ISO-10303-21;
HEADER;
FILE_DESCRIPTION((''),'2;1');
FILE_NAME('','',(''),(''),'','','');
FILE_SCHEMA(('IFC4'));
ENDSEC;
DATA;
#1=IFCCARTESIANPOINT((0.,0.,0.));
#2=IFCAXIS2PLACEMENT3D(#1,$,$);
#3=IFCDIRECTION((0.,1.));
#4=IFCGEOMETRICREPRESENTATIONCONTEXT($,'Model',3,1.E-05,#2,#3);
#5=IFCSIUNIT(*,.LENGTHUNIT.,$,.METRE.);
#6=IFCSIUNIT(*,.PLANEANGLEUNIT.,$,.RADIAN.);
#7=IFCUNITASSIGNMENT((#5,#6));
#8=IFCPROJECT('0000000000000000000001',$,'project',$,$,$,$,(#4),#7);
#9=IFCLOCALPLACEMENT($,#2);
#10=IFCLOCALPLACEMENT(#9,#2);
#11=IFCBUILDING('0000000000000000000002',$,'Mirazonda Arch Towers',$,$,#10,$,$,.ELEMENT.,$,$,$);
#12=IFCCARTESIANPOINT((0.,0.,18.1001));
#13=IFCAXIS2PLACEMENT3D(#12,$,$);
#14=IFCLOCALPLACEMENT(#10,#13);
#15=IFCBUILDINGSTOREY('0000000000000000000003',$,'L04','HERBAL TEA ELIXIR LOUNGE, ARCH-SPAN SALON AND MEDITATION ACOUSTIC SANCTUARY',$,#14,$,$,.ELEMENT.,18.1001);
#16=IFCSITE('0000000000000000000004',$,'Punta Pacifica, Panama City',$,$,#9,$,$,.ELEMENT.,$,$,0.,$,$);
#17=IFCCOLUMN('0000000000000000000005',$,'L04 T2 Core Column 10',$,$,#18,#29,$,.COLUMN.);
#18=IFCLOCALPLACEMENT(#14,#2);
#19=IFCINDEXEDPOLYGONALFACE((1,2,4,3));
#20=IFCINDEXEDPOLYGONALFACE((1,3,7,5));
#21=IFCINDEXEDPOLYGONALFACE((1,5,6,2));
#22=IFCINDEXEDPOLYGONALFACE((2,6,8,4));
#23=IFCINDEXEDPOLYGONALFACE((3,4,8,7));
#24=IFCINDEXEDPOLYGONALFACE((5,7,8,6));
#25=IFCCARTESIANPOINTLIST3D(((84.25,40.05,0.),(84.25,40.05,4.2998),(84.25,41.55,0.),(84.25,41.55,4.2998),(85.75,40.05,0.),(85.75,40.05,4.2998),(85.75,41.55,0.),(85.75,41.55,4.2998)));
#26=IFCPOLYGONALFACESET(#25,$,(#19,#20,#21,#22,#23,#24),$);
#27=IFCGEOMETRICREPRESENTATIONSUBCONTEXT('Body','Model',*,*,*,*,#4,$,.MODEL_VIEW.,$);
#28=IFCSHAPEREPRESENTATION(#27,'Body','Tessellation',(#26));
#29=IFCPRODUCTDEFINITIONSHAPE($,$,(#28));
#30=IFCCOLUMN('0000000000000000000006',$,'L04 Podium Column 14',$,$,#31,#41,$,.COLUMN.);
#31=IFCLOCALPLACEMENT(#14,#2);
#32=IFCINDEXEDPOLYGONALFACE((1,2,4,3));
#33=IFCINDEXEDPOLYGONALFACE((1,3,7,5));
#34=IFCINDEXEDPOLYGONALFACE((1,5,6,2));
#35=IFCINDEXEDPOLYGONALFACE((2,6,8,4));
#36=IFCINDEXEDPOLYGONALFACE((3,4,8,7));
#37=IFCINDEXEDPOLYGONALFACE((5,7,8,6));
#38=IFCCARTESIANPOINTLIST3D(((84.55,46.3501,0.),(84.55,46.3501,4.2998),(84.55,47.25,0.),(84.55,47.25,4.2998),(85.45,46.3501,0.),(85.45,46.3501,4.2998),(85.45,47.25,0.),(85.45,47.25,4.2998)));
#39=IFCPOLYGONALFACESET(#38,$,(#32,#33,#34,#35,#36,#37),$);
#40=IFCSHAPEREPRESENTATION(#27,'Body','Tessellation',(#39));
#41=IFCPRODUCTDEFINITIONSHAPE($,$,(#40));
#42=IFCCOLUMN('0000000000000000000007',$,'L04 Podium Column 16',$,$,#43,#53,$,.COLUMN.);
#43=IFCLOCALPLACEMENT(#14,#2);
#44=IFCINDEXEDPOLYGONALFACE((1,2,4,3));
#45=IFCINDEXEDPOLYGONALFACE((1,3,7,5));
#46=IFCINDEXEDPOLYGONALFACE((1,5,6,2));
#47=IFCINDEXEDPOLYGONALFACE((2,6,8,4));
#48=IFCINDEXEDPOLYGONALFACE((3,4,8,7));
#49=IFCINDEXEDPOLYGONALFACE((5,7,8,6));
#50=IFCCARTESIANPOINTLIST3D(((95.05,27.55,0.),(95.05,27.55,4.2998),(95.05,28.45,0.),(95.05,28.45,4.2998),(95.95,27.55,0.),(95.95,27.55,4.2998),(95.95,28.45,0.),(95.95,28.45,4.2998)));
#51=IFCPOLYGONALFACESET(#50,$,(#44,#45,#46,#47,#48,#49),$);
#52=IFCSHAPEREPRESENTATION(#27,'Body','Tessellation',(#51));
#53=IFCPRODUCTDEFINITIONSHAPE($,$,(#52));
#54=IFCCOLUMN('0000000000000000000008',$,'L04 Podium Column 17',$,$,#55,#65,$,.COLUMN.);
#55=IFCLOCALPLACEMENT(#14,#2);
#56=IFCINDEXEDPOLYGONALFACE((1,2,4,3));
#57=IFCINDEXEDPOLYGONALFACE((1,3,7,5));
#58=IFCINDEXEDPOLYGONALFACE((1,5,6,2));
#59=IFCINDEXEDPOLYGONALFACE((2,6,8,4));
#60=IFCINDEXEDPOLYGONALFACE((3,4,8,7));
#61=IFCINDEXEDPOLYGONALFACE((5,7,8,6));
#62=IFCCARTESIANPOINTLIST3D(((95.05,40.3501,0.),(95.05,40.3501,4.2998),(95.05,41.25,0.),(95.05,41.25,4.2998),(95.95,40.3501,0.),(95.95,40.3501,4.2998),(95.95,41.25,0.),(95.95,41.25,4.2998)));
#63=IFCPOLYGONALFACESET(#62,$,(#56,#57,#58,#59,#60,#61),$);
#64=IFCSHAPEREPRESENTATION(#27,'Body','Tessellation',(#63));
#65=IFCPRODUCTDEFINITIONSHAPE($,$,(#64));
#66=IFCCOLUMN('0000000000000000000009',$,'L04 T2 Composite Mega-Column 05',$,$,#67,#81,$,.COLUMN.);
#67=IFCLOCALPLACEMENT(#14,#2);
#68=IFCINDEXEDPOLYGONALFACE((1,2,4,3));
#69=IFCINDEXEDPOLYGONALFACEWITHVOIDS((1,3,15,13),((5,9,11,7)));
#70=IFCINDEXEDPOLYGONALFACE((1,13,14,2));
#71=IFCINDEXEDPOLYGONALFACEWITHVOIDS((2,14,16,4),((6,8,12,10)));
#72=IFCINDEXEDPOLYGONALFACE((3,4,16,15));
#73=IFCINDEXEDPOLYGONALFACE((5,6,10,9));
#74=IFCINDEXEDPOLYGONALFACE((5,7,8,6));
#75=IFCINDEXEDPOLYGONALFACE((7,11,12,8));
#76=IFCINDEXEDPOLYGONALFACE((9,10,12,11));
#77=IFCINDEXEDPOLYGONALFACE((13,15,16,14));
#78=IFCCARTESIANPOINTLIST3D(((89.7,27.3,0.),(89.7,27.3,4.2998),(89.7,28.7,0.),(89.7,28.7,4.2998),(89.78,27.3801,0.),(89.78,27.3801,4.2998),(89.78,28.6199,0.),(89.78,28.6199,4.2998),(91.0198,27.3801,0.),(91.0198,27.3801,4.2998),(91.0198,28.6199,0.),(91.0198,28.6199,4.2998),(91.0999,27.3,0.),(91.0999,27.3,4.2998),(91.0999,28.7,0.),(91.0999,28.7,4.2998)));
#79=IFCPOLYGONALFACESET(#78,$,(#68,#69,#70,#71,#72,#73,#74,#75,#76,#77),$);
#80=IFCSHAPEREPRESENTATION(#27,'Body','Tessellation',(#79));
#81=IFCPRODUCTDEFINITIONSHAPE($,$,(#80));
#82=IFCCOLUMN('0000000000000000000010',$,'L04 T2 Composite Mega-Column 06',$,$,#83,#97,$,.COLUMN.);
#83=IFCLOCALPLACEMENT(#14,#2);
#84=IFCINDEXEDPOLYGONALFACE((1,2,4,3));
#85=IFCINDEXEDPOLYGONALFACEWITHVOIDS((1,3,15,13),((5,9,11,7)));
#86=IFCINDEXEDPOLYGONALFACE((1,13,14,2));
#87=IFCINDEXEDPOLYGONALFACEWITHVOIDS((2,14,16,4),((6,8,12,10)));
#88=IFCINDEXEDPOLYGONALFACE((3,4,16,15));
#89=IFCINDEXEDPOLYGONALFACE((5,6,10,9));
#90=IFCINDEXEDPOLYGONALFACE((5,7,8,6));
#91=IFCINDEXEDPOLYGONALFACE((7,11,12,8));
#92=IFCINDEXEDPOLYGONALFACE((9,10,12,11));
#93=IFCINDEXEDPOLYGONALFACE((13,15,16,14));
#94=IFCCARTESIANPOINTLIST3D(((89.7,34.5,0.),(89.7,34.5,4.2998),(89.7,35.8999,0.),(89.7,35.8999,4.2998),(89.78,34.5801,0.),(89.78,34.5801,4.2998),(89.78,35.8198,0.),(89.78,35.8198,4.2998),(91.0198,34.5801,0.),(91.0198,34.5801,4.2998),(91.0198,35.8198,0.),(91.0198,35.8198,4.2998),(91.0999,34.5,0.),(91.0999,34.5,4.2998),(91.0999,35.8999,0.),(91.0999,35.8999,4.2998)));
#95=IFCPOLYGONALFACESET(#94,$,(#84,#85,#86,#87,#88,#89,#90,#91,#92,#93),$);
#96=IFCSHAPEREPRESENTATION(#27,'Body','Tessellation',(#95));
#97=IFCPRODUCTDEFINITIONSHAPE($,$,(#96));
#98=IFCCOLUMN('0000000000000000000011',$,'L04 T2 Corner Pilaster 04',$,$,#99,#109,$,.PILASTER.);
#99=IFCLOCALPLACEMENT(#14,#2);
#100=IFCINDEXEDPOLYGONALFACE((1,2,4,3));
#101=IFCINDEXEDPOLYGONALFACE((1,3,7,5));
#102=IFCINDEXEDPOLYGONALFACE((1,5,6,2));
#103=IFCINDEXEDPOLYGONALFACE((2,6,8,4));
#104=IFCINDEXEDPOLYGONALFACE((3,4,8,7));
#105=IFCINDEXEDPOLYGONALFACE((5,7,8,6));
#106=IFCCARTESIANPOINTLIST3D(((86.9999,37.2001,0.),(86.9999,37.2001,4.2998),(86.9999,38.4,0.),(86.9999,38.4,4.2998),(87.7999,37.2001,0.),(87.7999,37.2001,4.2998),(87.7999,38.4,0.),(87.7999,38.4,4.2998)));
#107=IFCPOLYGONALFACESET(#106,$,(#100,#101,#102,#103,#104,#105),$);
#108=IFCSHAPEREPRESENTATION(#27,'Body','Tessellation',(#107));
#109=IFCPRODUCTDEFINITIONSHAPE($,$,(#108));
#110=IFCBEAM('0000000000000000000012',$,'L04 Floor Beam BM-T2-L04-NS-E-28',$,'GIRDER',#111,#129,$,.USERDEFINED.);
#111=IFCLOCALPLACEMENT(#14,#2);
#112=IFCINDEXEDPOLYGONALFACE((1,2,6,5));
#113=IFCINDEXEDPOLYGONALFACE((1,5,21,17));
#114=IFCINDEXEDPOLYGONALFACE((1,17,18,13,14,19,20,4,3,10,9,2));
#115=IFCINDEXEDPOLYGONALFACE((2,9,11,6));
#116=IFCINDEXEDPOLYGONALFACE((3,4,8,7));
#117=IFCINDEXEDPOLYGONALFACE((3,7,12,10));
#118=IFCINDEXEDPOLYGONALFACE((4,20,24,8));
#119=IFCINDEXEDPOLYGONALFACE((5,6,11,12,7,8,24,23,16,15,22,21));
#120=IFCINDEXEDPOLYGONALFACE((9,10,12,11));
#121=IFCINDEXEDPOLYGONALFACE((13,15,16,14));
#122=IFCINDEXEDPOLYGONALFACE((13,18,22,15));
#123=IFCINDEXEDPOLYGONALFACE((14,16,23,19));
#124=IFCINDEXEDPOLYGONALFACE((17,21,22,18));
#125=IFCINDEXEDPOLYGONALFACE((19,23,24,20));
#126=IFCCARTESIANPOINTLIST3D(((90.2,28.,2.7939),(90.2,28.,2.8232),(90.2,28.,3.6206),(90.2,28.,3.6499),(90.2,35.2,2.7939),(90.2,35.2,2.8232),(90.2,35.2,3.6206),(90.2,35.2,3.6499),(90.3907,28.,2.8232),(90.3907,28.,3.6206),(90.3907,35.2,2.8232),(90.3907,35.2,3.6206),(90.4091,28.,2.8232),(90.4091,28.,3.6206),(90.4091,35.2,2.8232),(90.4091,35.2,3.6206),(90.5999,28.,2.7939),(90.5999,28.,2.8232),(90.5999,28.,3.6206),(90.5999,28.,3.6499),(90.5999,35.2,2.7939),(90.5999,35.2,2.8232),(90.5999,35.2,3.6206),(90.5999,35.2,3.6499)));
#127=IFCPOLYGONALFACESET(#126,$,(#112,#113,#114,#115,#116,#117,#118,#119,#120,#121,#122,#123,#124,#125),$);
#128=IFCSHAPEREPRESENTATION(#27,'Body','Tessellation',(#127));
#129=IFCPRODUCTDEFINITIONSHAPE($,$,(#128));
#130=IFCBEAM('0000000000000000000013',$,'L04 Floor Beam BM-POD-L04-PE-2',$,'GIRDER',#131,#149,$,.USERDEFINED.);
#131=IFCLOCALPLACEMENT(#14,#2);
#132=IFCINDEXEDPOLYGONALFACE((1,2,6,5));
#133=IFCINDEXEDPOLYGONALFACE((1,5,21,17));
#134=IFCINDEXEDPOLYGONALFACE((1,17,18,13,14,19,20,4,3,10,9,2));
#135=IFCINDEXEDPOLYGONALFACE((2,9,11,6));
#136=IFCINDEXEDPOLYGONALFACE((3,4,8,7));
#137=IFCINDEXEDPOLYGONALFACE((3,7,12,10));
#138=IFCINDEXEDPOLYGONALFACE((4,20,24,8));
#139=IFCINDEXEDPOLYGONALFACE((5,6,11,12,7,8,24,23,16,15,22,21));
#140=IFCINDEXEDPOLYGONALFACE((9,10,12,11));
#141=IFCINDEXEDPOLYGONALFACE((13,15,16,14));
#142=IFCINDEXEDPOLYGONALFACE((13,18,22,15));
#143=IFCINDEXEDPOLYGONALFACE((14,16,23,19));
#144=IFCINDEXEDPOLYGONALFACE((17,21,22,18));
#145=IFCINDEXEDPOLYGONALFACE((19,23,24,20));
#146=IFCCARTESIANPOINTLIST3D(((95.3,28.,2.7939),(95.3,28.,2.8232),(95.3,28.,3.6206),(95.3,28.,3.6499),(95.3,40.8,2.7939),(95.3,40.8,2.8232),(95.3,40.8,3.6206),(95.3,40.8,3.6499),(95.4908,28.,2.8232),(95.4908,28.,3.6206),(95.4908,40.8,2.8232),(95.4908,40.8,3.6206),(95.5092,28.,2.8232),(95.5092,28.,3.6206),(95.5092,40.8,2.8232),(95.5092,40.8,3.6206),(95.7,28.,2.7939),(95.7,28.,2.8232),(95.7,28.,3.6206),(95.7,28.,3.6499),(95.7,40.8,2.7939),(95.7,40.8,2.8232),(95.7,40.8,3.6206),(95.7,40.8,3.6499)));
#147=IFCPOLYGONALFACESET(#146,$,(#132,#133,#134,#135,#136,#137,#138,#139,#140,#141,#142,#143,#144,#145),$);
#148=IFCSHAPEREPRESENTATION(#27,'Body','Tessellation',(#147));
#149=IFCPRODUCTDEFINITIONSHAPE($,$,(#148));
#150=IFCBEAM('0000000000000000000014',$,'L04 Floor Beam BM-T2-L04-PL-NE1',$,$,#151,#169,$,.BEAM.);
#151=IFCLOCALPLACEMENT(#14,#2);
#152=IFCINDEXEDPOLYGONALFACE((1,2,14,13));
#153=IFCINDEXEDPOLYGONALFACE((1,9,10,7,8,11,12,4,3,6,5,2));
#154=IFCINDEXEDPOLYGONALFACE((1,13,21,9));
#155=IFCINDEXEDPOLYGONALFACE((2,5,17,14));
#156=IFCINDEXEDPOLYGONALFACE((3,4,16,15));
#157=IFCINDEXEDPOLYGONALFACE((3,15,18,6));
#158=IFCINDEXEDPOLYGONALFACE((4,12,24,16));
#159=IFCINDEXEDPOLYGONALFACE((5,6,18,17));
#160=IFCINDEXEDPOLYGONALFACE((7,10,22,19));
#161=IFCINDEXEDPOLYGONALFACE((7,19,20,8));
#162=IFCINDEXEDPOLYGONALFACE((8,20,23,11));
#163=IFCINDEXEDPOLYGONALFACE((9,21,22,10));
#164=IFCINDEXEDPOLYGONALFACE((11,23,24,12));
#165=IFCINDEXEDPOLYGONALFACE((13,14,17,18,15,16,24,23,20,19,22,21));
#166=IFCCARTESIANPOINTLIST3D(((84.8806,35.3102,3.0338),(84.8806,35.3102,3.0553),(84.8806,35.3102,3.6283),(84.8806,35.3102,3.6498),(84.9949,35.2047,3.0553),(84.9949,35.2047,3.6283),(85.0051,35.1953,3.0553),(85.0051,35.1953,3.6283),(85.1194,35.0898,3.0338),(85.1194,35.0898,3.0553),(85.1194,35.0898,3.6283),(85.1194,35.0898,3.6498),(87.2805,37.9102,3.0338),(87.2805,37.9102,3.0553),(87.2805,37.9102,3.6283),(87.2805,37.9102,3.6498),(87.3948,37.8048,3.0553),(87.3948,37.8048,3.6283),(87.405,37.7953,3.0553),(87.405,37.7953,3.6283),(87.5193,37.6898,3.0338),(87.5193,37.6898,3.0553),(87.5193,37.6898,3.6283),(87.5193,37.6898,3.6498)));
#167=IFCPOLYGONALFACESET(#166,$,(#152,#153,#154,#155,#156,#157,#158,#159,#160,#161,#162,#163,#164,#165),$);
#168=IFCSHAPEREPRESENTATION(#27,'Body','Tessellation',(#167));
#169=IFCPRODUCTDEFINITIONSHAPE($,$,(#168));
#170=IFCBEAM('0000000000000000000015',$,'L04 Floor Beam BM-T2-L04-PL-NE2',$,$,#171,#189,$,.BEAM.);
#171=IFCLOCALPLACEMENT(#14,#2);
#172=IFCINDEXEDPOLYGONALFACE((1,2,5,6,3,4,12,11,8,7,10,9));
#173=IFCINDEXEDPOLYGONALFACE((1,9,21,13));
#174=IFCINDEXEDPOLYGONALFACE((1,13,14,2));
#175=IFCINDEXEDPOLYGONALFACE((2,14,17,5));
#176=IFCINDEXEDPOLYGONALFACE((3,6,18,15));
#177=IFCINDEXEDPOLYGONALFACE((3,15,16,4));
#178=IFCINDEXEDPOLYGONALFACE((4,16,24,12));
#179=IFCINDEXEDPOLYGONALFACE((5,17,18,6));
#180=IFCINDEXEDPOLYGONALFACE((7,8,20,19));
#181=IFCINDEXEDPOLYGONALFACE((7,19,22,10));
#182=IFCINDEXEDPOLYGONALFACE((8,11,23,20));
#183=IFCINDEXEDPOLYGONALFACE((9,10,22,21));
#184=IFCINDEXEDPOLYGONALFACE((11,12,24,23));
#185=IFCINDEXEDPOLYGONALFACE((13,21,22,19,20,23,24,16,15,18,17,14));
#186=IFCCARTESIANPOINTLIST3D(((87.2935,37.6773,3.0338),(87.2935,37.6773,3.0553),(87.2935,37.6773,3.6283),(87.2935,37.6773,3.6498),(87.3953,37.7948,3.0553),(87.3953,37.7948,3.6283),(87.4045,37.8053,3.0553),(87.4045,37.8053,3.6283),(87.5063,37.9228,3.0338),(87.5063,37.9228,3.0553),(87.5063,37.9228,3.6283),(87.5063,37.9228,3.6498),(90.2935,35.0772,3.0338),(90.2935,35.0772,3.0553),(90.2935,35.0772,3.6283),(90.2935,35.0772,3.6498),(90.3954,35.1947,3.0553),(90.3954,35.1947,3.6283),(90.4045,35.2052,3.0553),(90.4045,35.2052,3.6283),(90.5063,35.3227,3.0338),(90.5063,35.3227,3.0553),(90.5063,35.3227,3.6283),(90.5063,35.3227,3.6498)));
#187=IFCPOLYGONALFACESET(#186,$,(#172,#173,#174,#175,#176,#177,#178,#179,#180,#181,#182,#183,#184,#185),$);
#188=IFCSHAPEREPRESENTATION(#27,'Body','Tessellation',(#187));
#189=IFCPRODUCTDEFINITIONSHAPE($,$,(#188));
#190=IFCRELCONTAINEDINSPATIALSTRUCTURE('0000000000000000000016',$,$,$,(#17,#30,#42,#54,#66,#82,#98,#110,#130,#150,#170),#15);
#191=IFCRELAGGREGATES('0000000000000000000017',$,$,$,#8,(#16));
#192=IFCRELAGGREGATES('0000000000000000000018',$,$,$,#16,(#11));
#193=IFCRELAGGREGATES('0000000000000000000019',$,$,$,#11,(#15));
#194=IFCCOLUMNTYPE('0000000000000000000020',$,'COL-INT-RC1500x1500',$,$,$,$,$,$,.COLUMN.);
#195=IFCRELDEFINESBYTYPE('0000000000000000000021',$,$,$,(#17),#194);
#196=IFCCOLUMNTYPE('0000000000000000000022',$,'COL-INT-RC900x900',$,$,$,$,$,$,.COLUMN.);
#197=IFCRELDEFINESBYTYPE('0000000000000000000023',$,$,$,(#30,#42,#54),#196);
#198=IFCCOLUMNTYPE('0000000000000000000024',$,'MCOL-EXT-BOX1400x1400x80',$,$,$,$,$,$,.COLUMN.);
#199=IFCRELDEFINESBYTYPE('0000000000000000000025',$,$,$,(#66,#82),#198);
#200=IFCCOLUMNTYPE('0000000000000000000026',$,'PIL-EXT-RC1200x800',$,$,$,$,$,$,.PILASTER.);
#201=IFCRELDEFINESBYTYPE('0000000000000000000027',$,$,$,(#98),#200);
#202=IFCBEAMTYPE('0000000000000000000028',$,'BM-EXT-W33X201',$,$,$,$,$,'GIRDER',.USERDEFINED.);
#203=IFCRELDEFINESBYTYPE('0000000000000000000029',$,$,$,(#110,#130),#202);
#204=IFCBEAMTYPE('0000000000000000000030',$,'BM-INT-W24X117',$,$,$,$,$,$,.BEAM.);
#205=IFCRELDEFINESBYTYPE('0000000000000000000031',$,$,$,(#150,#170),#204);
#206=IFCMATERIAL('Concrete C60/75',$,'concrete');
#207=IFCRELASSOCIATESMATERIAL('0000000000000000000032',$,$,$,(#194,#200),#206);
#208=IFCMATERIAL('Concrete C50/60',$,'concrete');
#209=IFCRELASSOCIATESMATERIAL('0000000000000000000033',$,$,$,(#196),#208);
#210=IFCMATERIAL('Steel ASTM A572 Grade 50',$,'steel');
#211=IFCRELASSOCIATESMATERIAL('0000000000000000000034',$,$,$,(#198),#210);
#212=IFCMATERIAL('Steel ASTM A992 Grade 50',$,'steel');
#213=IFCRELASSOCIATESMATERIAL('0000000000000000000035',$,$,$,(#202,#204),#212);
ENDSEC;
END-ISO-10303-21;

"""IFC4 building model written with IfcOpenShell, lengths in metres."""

from ifc_helpers import new_model, si_unit, direction, frame, origin, origin_2d, place, context, subcontext, project, spatial, rectangle, hollow_rectangle, i_section, extrude, material, material_profile, profile_set, type_object, element, save


model = new_model("IFC4")

# Units and contexts
model_context = context("Model", 3, precision=1e-05, world=origin(), true_north=direction((0.0, 1.0)))
body_context = subcontext(model_context, "Body", "Model", "MODEL_VIEW")
ifc_project = project(units=[si_unit("LENGTHUNIT", "METRE"), si_unit("PLANEANGLEUNIT", "RADIAN")], contexts=[model_context])

# Site, building, storey
site_placement = place(None, origin())
site = spatial("IfcSite", under=ifc_project, at=site_placement, Name="Punta Pacifica, Panama City", CompositionType="ELEMENT", RefElevation=0.0)
building_placement = place(site_placement, origin())
building = spatial("IfcBuilding", under=site, at=building_placement, Name="Mirazonda Arch Towers", CompositionType="ELEMENT")
storey_placement = place(building_placement, frame((0.0, 0.0, 18.1001)))
storey = spatial("IfcBuildingStorey", under=building, at=storey_placement, Name="L04", Description="HERBAL TEA ELIXIR LOUNGE, ARCH-SPAN SALON AND MEDITATION ACOUSTIC SANCTUARY", CompositionType="ELEMENT", Elevation=18.1001)

# Columns
ifc_material_1 = material(Name="Concrete C60/75", Category="concrete")
ifc_material_profile_1 = material_profile(ifc_material_1, rectangle(XDim=1.5, YDim=1.5, at=origin_2d()), Name="RC1500x1500")
ifc_profile_set_1 = profile_set([ifc_material_profile_1], Name="Concrete C60/75")
column_type_1 = type_object("IfcColumnType", Name="COL-INT-RC1500x1500", PredefinedType="COLUMN", material=ifc_profile_set_1)
column_1_placement = place(storey_placement, frame((85.0, 40.8, 0.0), z_axis=(0.0, 0.0, 1.0), x_axis=(1.0, 0.0, 0.0)))
element("IfcColumn", 1, at=column_1_placement, inside=storey, type_object=column_type_1, Name="L04 T2 Core Column 10", PredefinedType="COLUMN", context=body_context, shape_type="SweptSolid", body=[
    extrude(rectangle(XDim=1.5, YDim=1.5, at=origin_2d()), origin(), (0.0, 0.0, 1.0), 4.2998),
])
ifc_material_2 = material(Name="Concrete C50/60", Category="concrete")
ifc_material_profile_2 = material_profile(ifc_material_2, rectangle(XDim=0.8999, YDim=0.8999, at=origin_2d()), Name="RC900x900")
ifc_profile_set_2 = profile_set([ifc_material_profile_2], Name="Concrete C50/60")
column_type_2 = type_object("IfcColumnType", Name="COL-INT-RC900x900", PredefinedType="COLUMN", material=ifc_profile_set_2)
for number, where, z_axis, x_axis, name in (
    (2, (85.0, 46.8, 0.0), (0.0, 0.0, 1.0), (1.0, 0.0, 0.0), "L04 Podium Column 14"),
    (3, (95.5, 28.0, 0.0), (0.0, 0.0, 1.0), (1.0, 0.0, 0.0), "L04 Podium Column 16"),
    (4, (95.5, 40.8, 0.0), (0.0, 0.0, 1.0), (1.0, 0.0, 0.0), "L04 Podium Column 17"),
):
    element("IfcColumn", number, at=place(storey_placement, frame(where, z_axis=z_axis, x_axis=x_axis)), inside=storey, type_object=column_type_2, Name=name, PredefinedType="COLUMN", context=body_context, shape_type="SweptSolid", body=[
        extrude(rectangle(XDim=0.8999, YDim=0.8999, at=origin_2d()), origin(), (0.0, 0.0, 1.0), 4.2998),
    ])
ifc_material_3 = material(Name="Steel ASTM A572 Grade 50", Category="steel")
ifc_material_profile_3 = material_profile(ifc_material_3, hollow_rectangle(XDim=1.3999, YDim=1.3999, WallThickness=0.0801, at=origin_2d()), Name="BOX1400x1400x80")
ifc_profile_set_3 = profile_set([ifc_material_profile_3], Name="Steel ASTM A572 Grade 50")
column_type_3 = type_object("IfcColumnType", Name="MCOL-EXT-BOX1400x1400x80", PredefinedType="COLUMN", material=ifc_profile_set_3)
for number, where, z_axis, x_axis, name in (
    (5, (90.3999, 28.0, 0.0), (0.0, 0.0, 1.0), (1.0, 0.0, 0.0), "L04 T2 Composite Mega-Column 05"),
    (6, (90.3999, 35.2, 0.0), (0.0, 0.0, 1.0), (1.0, 0.0, 0.0), "L04 T2 Composite Mega-Column 06"),
):
    element("IfcColumn", number, at=place(storey_placement, frame(where, z_axis=z_axis, x_axis=x_axis)), inside=storey, type_object=column_type_3, Name=name, PredefinedType="COLUMN", context=body_context, shape_type="SweptSolid", body=[
        extrude(hollow_rectangle(XDim=1.3999, YDim=1.3999, WallThickness=0.0801, at=origin_2d()), origin(), (0.0, 0.0, 1.0), 4.2998),
    ])
ifc_material_profile_4 = material_profile(ifc_material_1, rectangle(XDim=0.8, YDim=1.2, at=origin_2d()), Name="RC1200x800")
ifc_profile_set_4 = profile_set([ifc_material_profile_4], Name="Concrete C60/75")
column_type_4 = type_object("IfcColumnType", Name="PIL-EXT-RC1200x800", PredefinedType="PILASTER", material=ifc_profile_set_4)
column_2_placement = place(storey_placement, frame((87.3999, 37.8, 0.0), z_axis=(0.0, 0.0, 1.0), x_axis=(1.0, 0.0, 0.0)))
element("IfcColumn", 7, at=column_2_placement, inside=storey, type_object=column_type_4, Name="L04 T2 Corner Pilaster 04", PredefinedType="PILASTER", context=body_context, shape_type="SweptSolid", body=[
    extrude(rectangle(XDim=0.8, YDim=1.2, at=origin_2d()), origin(), (0.0, 0.0, 1.0), 4.2998),
])

# Beams
ifc_material_4 = material(Name="Steel ASTM A992 Grade 50", Category="steel")
ifc_material_profile_5 = material_profile(ifc_material_4, i_section(OverallWidth=0.3999, OverallDepth=0.856, WebThickness=0.0183, FlangeThickness=0.0293, at=origin_2d()), Name="W33X201")
ifc_profile_set_5 = profile_set([ifc_material_profile_5], Name="Steel ASTM A992 Grade 50")
beam_type_1 = type_object("IfcBeamType", Name="BM-EXT-W33X201", ElementType="GIRDER", PredefinedType="USERDEFINED", material=ifc_profile_set_5)
beam_1_placement = place(storey_placement, frame((90.3999, 28.0, 3.2219), z_axis=(0.0, 1.0, 0.0), x_axis=(-1.0, 0.0, 0.0)))
element("IfcBeam", 8, at=beam_1_placement, inside=storey, type_object=beam_type_1, Name="L04 Floor Beam BM-T2-L04-NS-E-28", ObjectType="GIRDER", PredefinedType="USERDEFINED", context=body_context, shape_type="SweptSolid", body=[
    extrude(i_section(OverallWidth=0.3999, OverallDepth=0.856, WebThickness=0.0183, FlangeThickness=0.0293, at=origin_2d()), origin(), (0.0, 0.0, 1.0), 7.2),
])
beam_2_placement = place(storey_placement, frame((95.5, 28.0, 3.2219), z_axis=(0.0, 1.0, 0.0), x_axis=(-1.0, 0.0, 0.0)))
element("IfcBeam", 9, at=beam_2_placement, inside=storey, type_object=beam_type_1, Name="L04 Floor Beam BM-POD-L04-PE-2", ObjectType="GIRDER", PredefinedType="USERDEFINED", context=body_context, shape_type="SweptSolid", body=[
    extrude(i_section(OverallWidth=0.3999, OverallDepth=0.856, WebThickness=0.0183, FlangeThickness=0.0293, at=origin_2d()), origin(), (0.0, 0.0, 1.0), 12.8),
])
ifc_material_profile_6 = material_profile(ifc_material_4, i_section(OverallWidth=0.325, OverallDepth=0.616, WebThickness=0.0139, FlangeThickness=0.0215, at=origin_2d()), Name="W24X117")
ifc_profile_set_6 = profile_set([ifc_material_profile_6], Name="Steel ASTM A992 Grade 50")
beam_type_2 = type_object("IfcBeamType", Name="BM-INT-W24X117", PredefinedType="BEAM", material=ifc_profile_set_6)
beam_3_placement = place(storey_placement, frame((87.3999, 37.8, 3.3418), z_axis=(-0.678251, -0.73483, 0.0), x_axis=(0.73483, -0.678251, 0.0)))
element("IfcBeam", 10, at=beam_3_placement, inside=storey, type_object=beam_type_2, Name="L04 Floor Beam BM-T2-L04-PL-NE1", PredefinedType="BEAM", context=body_context, shape_type="SweptSolid", body=[
    extrude(i_section(OverallWidth=0.325, OverallDepth=0.616, WebThickness=0.0139, FlangeThickness=0.0215, at=origin_2d()), origin(), (0.0, 0.0, 1.0), 3.5383),
])
beam_4_placement = place(storey_placement, frame((87.3999, 37.8, 3.3418), z_axis=(0.755677, -0.654945, 0.0), x_axis=(0.654945, 0.755677, 0.0)))
element("IfcBeam", 11, at=beam_4_placement, inside=storey, type_object=beam_type_2, Name="L04 Floor Beam BM-T2-L04-PL-NE2", PredefinedType="BEAM", context=body_context, shape_type="SweptSolid", body=[
    extrude(i_section(OverallWidth=0.325, OverallDepth=0.616, WebThickness=0.0139, FlangeThickness=0.0215, at=origin_2d()), origin(), (0.0, 0.0, 1.0), 3.97),
])

save(model, "model.ifc")
